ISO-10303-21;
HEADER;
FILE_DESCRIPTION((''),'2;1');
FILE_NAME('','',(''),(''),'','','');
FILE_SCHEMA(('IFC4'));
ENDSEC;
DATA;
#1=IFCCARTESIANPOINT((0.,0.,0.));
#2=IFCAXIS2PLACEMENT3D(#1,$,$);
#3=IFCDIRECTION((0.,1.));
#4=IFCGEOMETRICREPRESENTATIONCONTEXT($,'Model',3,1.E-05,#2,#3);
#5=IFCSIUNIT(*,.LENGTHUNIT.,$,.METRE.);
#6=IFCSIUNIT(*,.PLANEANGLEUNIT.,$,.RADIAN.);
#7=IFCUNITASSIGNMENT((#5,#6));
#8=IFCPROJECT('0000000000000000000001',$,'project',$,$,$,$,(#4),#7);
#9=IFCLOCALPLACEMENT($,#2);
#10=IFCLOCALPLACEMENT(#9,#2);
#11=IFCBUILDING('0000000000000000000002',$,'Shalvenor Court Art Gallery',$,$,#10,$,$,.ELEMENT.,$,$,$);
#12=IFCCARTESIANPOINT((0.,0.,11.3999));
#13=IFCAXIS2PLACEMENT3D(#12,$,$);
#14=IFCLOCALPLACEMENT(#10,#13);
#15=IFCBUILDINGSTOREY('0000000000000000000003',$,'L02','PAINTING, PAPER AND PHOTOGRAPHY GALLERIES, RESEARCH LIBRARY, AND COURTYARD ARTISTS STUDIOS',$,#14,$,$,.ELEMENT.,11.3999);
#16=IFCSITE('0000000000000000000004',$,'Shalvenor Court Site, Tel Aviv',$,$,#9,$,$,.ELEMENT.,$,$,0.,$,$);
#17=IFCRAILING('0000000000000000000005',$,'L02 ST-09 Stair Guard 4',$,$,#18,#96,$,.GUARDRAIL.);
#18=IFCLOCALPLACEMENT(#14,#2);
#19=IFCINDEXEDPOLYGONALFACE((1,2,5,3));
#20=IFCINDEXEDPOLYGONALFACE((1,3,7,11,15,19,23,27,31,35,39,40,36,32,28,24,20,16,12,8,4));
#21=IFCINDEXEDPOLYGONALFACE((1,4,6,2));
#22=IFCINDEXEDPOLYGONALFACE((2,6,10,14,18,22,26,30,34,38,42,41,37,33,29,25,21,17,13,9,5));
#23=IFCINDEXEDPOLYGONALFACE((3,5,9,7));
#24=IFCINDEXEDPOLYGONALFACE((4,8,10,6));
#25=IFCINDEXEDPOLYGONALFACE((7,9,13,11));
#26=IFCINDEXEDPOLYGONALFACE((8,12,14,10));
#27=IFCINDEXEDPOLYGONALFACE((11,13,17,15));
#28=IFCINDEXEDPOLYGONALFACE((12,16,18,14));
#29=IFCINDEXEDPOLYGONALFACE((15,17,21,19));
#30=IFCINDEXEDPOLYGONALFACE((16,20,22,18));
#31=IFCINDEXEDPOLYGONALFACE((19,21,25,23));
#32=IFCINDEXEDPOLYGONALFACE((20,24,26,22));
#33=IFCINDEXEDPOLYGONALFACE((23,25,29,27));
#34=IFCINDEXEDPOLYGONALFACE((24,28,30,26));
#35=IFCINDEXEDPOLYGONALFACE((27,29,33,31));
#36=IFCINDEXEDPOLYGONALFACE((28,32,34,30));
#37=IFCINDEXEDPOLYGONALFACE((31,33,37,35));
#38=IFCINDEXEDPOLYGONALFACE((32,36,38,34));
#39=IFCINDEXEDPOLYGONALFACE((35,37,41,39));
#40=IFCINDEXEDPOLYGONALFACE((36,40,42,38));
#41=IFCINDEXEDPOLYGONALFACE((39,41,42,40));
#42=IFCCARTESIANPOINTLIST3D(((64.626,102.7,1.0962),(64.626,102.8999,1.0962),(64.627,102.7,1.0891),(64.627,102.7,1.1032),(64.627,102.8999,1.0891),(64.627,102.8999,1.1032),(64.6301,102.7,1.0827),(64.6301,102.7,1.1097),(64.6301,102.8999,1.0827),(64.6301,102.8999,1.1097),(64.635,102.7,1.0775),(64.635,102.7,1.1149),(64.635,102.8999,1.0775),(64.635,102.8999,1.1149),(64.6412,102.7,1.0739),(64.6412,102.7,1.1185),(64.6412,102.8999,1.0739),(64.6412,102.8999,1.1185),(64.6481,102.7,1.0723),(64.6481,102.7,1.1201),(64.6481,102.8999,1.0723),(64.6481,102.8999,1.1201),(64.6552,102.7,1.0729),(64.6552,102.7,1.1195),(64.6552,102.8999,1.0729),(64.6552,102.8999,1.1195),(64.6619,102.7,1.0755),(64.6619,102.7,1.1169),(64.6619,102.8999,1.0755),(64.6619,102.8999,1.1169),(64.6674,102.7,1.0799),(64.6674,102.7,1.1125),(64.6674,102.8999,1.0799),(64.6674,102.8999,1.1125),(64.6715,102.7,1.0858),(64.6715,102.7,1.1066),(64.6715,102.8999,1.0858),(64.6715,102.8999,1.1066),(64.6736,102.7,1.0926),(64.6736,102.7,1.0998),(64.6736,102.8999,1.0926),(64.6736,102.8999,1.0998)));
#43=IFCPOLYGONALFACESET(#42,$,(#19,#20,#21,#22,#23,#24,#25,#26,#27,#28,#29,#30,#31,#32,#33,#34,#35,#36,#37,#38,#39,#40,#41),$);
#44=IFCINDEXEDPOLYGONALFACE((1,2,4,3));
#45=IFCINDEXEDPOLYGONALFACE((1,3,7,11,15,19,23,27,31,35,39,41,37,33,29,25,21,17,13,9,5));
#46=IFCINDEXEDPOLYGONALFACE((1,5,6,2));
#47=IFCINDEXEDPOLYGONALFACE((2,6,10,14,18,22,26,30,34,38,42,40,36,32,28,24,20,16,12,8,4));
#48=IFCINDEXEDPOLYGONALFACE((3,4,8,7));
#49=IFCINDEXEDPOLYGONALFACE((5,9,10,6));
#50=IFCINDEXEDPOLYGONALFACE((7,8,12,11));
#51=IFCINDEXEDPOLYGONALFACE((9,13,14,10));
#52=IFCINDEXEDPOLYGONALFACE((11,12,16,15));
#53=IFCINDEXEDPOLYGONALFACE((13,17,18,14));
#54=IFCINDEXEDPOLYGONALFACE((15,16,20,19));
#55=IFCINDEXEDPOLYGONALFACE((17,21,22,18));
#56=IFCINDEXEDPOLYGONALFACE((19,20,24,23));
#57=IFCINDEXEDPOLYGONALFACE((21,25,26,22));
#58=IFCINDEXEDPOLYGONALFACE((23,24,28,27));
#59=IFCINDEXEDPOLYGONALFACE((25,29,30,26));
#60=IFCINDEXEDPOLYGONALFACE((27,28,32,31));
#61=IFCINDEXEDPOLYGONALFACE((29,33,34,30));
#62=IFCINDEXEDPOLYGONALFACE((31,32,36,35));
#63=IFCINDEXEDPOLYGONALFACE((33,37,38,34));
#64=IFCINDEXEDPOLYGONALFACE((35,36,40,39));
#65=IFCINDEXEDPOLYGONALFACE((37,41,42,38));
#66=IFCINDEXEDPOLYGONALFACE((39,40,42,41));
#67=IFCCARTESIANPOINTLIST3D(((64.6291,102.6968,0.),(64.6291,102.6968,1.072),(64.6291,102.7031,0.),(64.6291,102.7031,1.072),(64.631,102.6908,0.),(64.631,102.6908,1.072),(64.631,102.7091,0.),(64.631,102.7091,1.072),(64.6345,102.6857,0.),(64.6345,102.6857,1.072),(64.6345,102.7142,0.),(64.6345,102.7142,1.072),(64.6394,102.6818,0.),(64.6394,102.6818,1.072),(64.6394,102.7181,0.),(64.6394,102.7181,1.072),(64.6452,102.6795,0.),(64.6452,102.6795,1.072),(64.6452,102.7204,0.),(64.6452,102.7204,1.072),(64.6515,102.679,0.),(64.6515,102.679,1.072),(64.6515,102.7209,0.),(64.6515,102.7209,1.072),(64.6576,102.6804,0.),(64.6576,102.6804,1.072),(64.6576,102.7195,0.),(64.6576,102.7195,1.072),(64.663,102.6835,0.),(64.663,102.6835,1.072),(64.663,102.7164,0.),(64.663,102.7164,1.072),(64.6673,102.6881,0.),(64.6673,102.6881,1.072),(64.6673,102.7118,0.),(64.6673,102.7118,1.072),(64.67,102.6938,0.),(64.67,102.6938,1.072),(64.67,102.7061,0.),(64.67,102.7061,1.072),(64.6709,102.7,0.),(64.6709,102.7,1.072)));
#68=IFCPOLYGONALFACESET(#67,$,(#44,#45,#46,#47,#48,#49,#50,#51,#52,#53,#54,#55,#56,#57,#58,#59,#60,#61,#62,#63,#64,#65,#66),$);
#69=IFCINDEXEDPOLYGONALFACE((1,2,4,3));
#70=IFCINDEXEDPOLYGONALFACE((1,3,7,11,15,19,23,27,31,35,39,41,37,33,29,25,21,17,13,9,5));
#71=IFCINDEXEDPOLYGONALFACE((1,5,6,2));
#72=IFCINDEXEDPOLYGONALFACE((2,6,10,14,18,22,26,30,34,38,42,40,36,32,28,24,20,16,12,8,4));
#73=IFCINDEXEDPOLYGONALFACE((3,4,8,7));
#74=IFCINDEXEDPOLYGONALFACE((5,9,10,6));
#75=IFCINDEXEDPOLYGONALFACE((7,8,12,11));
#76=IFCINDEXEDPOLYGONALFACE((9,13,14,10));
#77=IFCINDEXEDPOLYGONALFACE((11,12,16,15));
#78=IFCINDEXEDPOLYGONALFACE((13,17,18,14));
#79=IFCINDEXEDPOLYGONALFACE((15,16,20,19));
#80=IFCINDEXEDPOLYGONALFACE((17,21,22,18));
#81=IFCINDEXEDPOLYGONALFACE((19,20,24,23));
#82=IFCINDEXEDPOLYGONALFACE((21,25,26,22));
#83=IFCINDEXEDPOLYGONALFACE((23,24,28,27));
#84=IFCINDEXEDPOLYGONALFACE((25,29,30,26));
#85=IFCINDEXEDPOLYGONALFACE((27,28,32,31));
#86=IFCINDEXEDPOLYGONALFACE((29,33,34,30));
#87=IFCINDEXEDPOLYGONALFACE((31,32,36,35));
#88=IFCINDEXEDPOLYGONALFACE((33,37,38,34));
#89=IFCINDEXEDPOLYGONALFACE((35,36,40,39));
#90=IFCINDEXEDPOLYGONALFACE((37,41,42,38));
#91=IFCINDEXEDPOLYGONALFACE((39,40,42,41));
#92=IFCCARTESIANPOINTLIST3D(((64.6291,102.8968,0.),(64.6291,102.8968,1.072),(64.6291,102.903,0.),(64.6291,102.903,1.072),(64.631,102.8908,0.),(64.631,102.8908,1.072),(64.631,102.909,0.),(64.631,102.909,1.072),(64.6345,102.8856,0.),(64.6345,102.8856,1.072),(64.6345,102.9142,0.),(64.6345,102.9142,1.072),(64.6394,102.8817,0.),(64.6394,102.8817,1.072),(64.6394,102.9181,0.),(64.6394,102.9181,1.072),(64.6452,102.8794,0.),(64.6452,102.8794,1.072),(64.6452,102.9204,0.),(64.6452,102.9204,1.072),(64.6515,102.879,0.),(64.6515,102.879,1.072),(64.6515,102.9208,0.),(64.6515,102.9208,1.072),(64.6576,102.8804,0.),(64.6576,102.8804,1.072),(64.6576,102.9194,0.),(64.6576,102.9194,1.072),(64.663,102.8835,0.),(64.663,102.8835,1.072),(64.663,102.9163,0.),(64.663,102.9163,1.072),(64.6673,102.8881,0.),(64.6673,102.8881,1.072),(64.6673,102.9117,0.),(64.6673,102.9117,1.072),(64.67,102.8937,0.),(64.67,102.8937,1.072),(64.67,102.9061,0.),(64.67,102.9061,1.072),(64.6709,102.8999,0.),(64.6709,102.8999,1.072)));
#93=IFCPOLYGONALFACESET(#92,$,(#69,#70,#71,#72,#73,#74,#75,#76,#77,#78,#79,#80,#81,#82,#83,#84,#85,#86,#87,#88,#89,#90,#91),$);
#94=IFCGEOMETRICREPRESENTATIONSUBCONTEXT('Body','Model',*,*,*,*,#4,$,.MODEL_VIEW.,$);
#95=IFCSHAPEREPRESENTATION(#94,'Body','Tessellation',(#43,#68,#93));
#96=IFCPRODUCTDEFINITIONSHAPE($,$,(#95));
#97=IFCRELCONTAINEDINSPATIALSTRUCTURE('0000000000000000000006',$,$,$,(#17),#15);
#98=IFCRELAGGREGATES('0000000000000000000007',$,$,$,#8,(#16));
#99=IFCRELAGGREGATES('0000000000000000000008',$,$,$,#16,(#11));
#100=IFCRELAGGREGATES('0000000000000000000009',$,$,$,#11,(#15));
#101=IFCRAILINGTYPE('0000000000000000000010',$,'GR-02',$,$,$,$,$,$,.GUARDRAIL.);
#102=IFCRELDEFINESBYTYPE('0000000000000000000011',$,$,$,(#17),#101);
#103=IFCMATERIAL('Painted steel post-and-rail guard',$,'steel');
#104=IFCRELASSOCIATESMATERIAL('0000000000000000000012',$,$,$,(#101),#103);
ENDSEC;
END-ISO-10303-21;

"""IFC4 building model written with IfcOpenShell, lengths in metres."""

from ifc_helpers import new_model, si_unit, direction, frame, origin, origin_2d, place, context, subcontext, project, spatial, circle, extrude, material, type_object, element, save


model = new_model("IFC4")

# Units and contexts
model_context = context("Model", 3, precision=1e-05, world=origin(), true_north=direction((0.0, 1.0)))
body_context = subcontext(model_context, "Body", "Model", "MODEL_VIEW")
ifc_project = project(units=[si_unit("LENGTHUNIT", "METRE"), si_unit("PLANEANGLEUNIT", "RADIAN")], contexts=[model_context])

# Site, building, storey
site_placement = place(None, origin())
site = spatial("IfcSite", under=ifc_project, at=site_placement, Name="Shalvenor Court Site, Tel Aviv", CompositionType="ELEMENT", RefElevation=0.0)
building_placement = place(site_placement, origin())
building = spatial("IfcBuilding", under=site, at=building_placement, Name="Shalvenor Court Art Gallery", CompositionType="ELEMENT")
storey_placement = place(building_placement, frame((0.0, 0.0, 11.3999)))
storey = spatial("IfcBuildingStorey", under=building, at=storey_placement, Name="L02", Description="PAINTING, PAPER AND PHOTOGRAPHY GALLERIES, RESEARCH LIBRARY, AND COURTYARD ARTISTS STUDIOS", CompositionType="ELEMENT", Elevation=11.3999)

# Railing
ifc_material_1 = material(Name="Painted steel post-and-rail guard", Category="steel")
railing_type_1 = type_object("IfcRailingType", Name="GR-02", PredefinedType="GUARDRAIL", material=ifc_material_1)
railing_1_placement = place(storey_placement, frame((64.6499, 102.7, 0.0)))
element("IfcRailing", 1, at=railing_1_placement, inside=storey, type_object=railing_type_1, Name="L02 ST-09 Stair Guard 4", PredefinedType="GUARDRAIL", context=body_context, shape_type="SweptSolid", body=[
    extrude(circle(Radius=0.0239, at=origin_2d()), frame((0.0, 0.0, 1.0962), z_axis=(0.0, 1.0, 0.0), x_axis=(-1.0, 0.0, 0.0)), (0.0, 0.0, 1.0), 0.2),
    extrude(circle(Radius=0.021, at=origin_2d()), origin(), (0.0, 0.0, 1.0), 1.072),
    extrude(circle(Radius=0.021, at=origin_2d()), frame((0.0, 0.2, 0.0)), (0.0, 0.0, 1.0), 1.072),
])

save(model, "model.ifc")
